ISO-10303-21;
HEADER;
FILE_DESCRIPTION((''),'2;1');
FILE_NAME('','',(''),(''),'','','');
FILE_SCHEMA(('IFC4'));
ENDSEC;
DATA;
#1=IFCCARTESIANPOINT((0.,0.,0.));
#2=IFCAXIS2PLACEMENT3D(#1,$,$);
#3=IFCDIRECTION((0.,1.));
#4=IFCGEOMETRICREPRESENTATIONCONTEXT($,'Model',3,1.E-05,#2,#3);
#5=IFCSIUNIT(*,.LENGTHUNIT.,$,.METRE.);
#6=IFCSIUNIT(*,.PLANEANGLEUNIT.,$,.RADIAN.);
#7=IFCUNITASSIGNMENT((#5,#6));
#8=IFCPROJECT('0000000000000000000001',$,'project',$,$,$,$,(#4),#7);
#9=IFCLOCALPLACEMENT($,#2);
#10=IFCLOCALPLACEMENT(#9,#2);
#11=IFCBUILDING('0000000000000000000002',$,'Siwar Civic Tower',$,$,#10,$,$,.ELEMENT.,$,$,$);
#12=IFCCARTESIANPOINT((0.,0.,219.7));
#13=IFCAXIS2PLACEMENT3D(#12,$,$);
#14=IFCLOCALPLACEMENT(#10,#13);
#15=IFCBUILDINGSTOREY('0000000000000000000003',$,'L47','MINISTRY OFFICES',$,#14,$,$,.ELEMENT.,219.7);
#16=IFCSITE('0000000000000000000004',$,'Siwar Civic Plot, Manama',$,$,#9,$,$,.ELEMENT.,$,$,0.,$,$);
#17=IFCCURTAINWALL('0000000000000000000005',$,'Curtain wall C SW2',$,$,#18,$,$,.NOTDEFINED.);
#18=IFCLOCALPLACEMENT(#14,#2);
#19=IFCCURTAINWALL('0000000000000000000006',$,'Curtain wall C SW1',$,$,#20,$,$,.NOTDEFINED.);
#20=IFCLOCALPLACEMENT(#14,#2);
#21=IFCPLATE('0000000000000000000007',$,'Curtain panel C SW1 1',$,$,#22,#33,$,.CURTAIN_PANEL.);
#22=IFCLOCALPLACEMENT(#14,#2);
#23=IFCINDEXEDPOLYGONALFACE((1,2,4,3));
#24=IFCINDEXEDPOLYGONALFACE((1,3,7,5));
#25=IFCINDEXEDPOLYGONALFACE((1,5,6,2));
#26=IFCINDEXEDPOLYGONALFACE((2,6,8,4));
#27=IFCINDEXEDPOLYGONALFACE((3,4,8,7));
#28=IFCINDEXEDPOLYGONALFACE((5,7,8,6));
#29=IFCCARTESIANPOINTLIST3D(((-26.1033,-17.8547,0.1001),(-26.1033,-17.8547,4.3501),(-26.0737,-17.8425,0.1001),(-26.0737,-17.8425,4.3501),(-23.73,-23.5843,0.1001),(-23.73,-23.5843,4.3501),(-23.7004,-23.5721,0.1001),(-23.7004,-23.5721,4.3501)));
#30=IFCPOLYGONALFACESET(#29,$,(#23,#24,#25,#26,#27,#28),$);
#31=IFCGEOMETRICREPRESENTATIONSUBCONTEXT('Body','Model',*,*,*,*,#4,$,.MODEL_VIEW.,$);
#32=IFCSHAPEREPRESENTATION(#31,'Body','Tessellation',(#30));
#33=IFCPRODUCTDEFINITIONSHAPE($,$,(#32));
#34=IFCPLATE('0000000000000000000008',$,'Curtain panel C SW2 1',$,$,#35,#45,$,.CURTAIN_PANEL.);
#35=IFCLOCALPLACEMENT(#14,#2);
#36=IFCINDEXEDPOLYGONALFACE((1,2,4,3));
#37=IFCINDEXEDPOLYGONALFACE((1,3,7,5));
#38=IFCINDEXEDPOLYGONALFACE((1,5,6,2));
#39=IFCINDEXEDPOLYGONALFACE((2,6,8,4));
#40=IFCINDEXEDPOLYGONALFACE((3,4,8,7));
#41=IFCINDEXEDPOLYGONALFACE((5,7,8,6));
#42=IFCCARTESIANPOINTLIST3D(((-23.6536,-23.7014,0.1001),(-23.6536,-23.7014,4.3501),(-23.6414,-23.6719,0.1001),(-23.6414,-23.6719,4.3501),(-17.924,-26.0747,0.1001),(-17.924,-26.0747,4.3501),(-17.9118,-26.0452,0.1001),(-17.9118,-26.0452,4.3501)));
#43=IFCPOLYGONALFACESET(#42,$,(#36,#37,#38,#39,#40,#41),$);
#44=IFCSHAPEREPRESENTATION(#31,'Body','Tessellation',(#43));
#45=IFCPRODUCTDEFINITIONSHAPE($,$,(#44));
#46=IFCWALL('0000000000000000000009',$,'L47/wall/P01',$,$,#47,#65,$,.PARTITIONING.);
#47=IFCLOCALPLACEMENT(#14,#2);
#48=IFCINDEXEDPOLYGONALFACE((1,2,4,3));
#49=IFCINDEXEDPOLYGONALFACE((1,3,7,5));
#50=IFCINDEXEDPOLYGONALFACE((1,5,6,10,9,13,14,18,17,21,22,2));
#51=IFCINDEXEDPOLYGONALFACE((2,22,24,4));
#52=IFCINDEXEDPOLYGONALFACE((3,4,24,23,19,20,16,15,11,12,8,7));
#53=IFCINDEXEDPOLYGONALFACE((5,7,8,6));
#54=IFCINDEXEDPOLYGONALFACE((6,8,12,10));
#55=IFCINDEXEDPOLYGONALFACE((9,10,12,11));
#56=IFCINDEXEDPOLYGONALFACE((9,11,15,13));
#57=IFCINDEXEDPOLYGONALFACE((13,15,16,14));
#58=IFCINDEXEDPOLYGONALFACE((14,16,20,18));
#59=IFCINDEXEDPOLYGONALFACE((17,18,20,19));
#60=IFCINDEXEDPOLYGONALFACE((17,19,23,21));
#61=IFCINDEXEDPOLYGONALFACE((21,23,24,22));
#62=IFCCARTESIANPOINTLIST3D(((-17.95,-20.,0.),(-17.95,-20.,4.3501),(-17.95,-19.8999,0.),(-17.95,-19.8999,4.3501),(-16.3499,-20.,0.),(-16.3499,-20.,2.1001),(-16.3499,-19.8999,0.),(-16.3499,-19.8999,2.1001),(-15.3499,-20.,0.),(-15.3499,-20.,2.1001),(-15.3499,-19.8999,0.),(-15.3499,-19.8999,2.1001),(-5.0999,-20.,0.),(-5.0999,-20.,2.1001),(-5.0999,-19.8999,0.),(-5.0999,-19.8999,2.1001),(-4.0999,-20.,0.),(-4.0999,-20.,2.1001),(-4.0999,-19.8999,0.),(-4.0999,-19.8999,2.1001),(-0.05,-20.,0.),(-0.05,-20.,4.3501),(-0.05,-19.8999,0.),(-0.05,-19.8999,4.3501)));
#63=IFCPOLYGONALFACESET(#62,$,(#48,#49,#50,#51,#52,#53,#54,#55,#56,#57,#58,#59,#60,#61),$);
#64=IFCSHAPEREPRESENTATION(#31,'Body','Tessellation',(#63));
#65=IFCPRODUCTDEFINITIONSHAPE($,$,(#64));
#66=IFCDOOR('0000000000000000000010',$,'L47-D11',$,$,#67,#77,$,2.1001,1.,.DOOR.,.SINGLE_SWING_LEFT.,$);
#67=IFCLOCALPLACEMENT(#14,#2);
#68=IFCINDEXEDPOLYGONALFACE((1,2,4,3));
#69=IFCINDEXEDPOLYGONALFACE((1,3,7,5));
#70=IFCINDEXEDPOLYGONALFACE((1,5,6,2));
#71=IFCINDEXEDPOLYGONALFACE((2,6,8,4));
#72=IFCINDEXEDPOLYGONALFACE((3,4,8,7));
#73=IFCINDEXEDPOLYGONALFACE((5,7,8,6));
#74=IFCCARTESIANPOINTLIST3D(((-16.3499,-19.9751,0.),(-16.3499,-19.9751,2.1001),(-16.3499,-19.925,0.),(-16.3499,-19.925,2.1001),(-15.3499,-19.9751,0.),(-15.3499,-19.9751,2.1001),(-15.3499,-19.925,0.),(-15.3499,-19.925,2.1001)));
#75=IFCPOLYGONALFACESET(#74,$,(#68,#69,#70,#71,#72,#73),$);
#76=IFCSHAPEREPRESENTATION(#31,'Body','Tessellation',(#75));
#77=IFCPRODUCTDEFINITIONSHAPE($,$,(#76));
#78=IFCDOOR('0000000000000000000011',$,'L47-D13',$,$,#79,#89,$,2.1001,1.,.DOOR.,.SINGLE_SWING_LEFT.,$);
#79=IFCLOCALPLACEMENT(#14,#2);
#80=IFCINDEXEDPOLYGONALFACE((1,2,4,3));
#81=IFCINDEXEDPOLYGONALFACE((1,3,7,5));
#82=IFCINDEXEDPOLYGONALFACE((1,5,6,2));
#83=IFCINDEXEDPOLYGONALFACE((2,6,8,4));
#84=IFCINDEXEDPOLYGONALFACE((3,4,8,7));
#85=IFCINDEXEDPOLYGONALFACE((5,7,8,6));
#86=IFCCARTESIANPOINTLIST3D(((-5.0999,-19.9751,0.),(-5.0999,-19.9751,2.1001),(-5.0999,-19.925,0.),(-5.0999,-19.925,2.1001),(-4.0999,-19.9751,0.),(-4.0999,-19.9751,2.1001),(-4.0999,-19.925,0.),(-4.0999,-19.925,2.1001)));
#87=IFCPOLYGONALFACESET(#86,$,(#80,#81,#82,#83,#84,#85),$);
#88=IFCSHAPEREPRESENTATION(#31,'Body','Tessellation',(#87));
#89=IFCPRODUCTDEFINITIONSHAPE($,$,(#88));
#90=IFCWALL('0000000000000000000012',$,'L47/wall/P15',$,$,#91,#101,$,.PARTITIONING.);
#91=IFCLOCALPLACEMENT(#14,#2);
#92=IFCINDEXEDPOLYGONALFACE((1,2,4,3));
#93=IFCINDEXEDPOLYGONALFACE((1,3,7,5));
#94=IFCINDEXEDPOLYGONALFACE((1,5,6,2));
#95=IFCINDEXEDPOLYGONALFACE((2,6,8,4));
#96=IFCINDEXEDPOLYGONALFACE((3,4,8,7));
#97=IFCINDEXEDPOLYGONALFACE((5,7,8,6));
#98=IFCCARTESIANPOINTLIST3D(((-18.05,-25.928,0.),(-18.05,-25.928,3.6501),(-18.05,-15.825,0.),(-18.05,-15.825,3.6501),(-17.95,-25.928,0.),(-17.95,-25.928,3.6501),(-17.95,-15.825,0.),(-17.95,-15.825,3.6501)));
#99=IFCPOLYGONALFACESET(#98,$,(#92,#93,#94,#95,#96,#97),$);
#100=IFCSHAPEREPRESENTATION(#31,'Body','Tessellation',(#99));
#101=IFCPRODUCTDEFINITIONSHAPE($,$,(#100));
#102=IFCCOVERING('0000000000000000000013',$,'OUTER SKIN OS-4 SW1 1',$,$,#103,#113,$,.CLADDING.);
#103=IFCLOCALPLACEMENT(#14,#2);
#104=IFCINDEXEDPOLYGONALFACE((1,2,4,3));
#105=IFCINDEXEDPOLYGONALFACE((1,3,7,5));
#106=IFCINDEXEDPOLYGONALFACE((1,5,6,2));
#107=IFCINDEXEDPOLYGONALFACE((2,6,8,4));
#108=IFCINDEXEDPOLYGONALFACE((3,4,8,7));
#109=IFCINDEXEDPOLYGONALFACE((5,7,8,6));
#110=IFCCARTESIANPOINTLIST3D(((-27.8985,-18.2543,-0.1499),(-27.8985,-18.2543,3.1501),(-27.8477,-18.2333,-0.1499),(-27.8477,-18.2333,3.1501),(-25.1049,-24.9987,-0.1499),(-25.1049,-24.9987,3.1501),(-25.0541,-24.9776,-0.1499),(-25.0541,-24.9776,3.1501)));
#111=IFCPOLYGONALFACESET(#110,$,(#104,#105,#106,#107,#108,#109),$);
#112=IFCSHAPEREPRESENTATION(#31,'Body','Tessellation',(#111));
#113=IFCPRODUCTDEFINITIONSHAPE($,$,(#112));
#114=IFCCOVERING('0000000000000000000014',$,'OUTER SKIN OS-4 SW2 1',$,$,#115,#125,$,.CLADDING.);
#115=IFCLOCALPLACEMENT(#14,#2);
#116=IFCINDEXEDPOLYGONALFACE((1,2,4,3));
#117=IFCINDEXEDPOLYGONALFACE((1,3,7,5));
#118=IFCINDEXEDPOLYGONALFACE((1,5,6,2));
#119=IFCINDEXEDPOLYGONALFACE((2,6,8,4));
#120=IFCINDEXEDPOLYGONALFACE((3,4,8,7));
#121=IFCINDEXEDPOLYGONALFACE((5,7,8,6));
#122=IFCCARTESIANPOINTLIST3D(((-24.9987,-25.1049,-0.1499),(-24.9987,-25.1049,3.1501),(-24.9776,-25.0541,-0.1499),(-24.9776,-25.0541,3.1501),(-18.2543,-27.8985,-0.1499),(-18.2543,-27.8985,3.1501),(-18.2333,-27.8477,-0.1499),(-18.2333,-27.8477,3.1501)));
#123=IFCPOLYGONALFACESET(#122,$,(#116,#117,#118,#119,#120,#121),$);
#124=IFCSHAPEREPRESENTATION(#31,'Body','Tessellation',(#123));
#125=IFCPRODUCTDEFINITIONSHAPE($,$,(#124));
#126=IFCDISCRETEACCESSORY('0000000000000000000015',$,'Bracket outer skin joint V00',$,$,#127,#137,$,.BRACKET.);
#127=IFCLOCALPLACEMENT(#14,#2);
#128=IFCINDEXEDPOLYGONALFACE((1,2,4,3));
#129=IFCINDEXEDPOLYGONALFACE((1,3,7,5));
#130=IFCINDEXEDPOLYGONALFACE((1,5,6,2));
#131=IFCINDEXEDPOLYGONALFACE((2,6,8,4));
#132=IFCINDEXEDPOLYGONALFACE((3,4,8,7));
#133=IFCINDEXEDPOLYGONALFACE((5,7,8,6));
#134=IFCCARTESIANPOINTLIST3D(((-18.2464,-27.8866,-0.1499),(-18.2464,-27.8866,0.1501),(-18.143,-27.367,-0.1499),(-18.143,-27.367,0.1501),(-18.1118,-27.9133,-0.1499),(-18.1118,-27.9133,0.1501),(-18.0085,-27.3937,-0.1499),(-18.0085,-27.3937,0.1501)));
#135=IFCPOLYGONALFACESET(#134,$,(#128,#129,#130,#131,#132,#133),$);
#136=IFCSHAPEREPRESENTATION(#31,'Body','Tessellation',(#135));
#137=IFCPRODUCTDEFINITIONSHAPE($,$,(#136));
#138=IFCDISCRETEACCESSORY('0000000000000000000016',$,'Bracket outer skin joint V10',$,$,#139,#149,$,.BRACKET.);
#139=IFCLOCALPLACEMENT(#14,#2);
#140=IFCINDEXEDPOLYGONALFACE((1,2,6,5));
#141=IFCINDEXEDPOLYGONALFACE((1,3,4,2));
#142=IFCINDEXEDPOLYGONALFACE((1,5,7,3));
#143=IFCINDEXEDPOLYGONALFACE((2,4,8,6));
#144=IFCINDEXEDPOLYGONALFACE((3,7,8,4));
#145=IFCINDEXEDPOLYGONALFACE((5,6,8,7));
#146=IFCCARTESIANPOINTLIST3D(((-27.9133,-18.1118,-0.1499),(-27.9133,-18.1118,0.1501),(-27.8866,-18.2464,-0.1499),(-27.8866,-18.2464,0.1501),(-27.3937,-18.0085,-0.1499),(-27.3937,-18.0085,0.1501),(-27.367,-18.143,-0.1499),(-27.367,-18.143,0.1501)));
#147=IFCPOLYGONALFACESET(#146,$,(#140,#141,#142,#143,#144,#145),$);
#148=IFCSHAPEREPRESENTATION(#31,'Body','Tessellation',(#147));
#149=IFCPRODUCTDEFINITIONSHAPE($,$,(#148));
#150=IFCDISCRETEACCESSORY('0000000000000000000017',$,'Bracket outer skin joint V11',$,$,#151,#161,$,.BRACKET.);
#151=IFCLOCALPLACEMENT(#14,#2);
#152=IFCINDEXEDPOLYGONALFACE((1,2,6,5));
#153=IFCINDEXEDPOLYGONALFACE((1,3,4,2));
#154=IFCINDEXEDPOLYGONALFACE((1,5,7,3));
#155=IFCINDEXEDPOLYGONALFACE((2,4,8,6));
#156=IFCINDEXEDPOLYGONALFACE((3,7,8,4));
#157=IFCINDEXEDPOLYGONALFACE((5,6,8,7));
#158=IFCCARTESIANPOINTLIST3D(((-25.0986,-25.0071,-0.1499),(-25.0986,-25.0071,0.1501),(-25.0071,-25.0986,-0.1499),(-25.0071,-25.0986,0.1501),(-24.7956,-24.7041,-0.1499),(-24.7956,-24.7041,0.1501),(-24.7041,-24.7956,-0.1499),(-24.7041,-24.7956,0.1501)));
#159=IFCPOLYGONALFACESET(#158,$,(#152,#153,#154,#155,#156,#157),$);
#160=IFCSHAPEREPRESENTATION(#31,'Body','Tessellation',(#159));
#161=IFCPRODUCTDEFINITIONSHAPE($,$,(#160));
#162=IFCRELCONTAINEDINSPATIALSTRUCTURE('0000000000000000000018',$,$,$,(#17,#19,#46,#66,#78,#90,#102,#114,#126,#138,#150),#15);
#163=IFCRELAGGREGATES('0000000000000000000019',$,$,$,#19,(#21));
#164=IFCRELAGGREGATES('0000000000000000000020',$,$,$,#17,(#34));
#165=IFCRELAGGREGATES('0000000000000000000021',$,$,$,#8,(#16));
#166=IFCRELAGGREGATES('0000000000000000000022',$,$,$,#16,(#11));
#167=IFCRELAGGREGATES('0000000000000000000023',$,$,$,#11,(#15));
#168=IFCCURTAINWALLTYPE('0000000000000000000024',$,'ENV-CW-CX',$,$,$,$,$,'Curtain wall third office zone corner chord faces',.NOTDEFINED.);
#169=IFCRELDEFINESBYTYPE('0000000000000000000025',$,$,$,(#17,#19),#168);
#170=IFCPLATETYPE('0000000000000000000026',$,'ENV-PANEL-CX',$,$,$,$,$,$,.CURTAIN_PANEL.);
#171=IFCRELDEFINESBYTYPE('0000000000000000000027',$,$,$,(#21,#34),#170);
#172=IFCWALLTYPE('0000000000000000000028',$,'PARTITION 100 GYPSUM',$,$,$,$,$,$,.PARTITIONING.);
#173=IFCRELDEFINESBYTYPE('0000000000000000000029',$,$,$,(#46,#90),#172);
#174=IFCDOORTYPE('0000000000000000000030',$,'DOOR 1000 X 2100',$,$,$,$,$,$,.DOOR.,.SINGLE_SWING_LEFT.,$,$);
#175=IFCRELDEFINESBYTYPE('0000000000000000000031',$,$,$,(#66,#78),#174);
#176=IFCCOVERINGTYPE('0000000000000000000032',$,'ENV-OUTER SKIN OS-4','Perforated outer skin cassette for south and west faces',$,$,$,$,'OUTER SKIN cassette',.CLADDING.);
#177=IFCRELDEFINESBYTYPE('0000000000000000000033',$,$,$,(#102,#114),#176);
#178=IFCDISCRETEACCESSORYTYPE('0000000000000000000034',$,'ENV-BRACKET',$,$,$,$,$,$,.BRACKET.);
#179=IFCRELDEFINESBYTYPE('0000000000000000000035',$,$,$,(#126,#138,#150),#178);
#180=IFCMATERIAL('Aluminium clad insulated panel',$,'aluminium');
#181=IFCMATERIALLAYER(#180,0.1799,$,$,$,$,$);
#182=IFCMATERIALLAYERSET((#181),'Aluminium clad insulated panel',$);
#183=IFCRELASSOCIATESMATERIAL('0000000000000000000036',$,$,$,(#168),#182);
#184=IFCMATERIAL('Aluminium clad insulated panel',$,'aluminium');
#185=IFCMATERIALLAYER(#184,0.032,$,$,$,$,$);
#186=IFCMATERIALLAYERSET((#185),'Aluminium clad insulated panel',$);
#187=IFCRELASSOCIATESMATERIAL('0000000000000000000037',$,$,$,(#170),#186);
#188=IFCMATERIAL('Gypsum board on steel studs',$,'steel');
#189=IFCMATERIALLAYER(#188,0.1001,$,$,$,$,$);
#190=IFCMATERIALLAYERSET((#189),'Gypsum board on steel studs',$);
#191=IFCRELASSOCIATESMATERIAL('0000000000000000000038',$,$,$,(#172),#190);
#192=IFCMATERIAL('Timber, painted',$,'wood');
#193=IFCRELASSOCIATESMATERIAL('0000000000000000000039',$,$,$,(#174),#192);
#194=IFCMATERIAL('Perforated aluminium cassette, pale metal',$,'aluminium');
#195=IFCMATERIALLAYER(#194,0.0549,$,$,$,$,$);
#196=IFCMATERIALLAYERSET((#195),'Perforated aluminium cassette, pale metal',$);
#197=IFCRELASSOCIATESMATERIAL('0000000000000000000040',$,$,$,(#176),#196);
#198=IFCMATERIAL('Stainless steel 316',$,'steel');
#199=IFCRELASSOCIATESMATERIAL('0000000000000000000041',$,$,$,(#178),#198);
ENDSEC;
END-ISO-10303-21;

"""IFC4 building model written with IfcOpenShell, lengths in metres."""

from ifc_helpers import new_model, si_unit, direction, frame, frame_2d, origin, origin_2d, place, context, subcontext, project, spatial, rectangle, extrude, material, layer, layer_set, type_object, element, fill, aggregate, save


model = new_model("IFC4")

# Units and contexts
model_context = context("Model", 3, precision=1e-05, world=origin(), true_north=direction((0.0, 1.0)))
body_context = subcontext(model_context, "Body", "Model", "MODEL_VIEW")
ifc_project = project(units=[si_unit("LENGTHUNIT", "METRE"), si_unit("PLANEANGLEUNIT", "RADIAN")], contexts=[model_context])

# Site, building, storey
site_placement = place(None, origin())
site = spatial("IfcSite", under=ifc_project, at=site_placement, Name="Siwar Civic Plot, Manama", CompositionType="ELEMENT", RefElevation=0.0)
building_placement = place(site_placement, origin())
building = spatial("IfcBuilding", under=site, at=building_placement, Name="Siwar Civic Tower", CompositionType="ELEMENT")
storey_placement = place(building_placement, frame((0.0, 0.0, 219.7)))
storey = spatial("IfcBuildingStorey", under=building, at=storey_placement, Name="L47", Description="MINISTRY OFFICES", CompositionType="ELEMENT", Elevation=219.7)

# Curtain wall
ifc_material_1 = material(Name="Aluminium clad insulated panel", Category="aluminium")
ifc_layer_1 = layer(ifc_material_1, 0.1799)
ifc_layer_set_1 = layer_set([ifc_layer_1], Name="Aluminium clad insulated panel")
curtain_wall_type = type_object("IfcCurtainWallType", Name="ENV-CW-CX", ElementType="Curtain wall third office zone corner chord faces", PredefinedType="NOTDEFINED", material=ifc_layer_set_1)
curtain_wall_1_placement = place(storey_placement, origin())
curtain_wall_1 = element("IfcCurtainWall", 1, at=curtain_wall_1_placement, inside=storey, type_object=curtain_wall_type, Name="Curtain wall C SW2", PredefinedType="NOTDEFINED")

# Curtain wall, plate
curtain_wall_2_placement = place(storey_placement, origin())
curtain_wall_2 = element("IfcCurtainWall", 2, at=curtain_wall_2_placement, inside=storey, type_object=curtain_wall_type, Name="Curtain wall C SW1", PredefinedType="NOTDEFINED")
ifc_material_2 = material(Name="Aluminium clad insulated panel", Category="aluminium")
ifc_layer_2 = layer(ifc_material_2, 0.032)
ifc_layer_set_2 = layer_set([ifc_layer_2], Name="Aluminium clad insulated panel")
plate_type = type_object("IfcPlateType", Name="ENV-PANEL-CX", PredefinedType="CURTAIN_PANEL", material=ifc_layer_set_2)
plate_1_placement = place(storey_placement, frame((-24.9019, -20.7134, 0.1001), z_axis=(0.0, 0.0, 1.0), x_axis=(0.382683, -0.92388, 0.0)))
plate_1 = element("IfcPlate", 3, at=plate_1_placement, type_object=plate_type, Name="Curtain panel C SW1 1", PredefinedType="CURTAIN_PANEL", context=body_context, shape_type="SweptSolid", body=[
    extrude(rectangle(XDim=6.2017, YDim=0.032, at=origin_2d()), origin(), (0.0, 0.0, 1.0), 4.25),
])
aggregate(curtain_wall_2, [plate_1])

# Plate
plate_2_placement = place(storey_placement, frame((-20.7827, -24.8733, 0.1001), z_axis=(0.0, 0.0, 1.0), x_axis=(0.92388, -0.382683, 0.0)))
plate_2 = element("IfcPlate", 4, at=plate_2_placement, type_object=plate_type, Name="Curtain panel C SW2 1", PredefinedType="CURTAIN_PANEL", context=body_context, shape_type="SweptSolid", body=[
    extrude(rectangle(XDim=6.2017, YDim=0.032, at=origin_2d()), origin(), (0.0, 0.0, 1.0), 4.25),
])
aggregate(curtain_wall_1, [plate_2])

# Wall, openings, doors
ifc_material_3 = material(Name="Gypsum board on steel studs", Category="steel")
ifc_layer_3 = layer(ifc_material_3, 0.1001)
ifc_layer_set_3 = layer_set([ifc_layer_3], Name="Gypsum board on steel studs")
wall_type = type_object("IfcWallType", Name="PARTITION 100 GYPSUM", PredefinedType="PARTITIONING", material=ifc_layer_set_3)
wall_1_placement = place(storey_placement, frame((-17.95, -19.95, 0.0), z_axis=(0.0, 0.0, 1.0), x_axis=(1.0, 0.0, 0.0)))
wall_1 = element("IfcWall", 5, at=wall_1_placement, inside=storey, type_object=wall_type, Name="L47/wall/P01", PredefinedType="PARTITIONING", context=body_context, shape_type="SweptSolid", body=[
    extrude(rectangle(XDim=17.8999, YDim=0.1001, at=frame_2d((8.95, 0.0))), origin(), (0.0, 0.0, 1.0), 4.3501),
])
opening_1_placement = place(wall_1_placement, frame((1.6001, 0.0, 0.0)))
opening_1 = element("IfcOpeningElement", 6, at=opening_1_placement, cuts=wall_1, PredefinedType="OPENING", context=body_context, shape_type="SweptSolid", body=[
    extrude(rectangle(XDim=1.0, YDim=2.1001, at=frame_2d((0.5, 1.05))), frame((0.0, 0.0601, 0.0), z_axis=(0.0, -1.0, 0.0), x_axis=(1.0, 0.0, 0.0)), (0.0, 0.0, 1.0), 0.1201),
])
opening_2_placement = place(wall_1_placement, frame((12.8501, 0.0, 0.0)))
opening_2 = element("IfcOpeningElement", 7, at=opening_2_placement, cuts=wall_1, PredefinedType="OPENING", context=body_context, shape_type="SweptSolid", body=[
    extrude(rectangle(XDim=1.0, YDim=2.1001, at=frame_2d((0.5, 1.05))), frame((0.0, 0.0601, 0.0), z_axis=(0.0, -1.0, 0.0), x_axis=(1.0, 0.0, 0.0)), (0.0, 0.0, 1.0), 0.1201),
])
ifc_material_4 = material(Name="Timber, painted", Category="wood")
door_type = type_object("IfcDoorType", Name="DOOR 1000 X 2100", OperationType="SINGLE_SWING_LEFT", PredefinedType="DOOR", material=ifc_material_4)
door_1_placement = place(opening_1_placement, origin())
door_1 = element("IfcDoor", 8, at=door_1_placement, inside=storey, type_object=door_type, Name="L47-D11", OperationType="SINGLE_SWING_LEFT", OverallHeight=2.1001, OverallWidth=1.0, PredefinedType="DOOR", context=body_context, shape_type="SweptSolid", body=[
    extrude(rectangle(XDim=1.0, YDim=2.1001, at=frame_2d((0.5, 1.05))), frame((0.0, 0.0249, 0.0), z_axis=(0.0, -1.0, 0.0), x_axis=(1.0, 0.0, 0.0)), (0.0, 0.0, 1.0), 0.05),
])
fill(opening_1, door_1)
door_2_placement = place(opening_2_placement, origin())
door_2 = element("IfcDoor", 9, at=door_2_placement, inside=storey, type_object=door_type, Name="L47-D13", OperationType="SINGLE_SWING_LEFT", OverallHeight=2.1001, OverallWidth=1.0, PredefinedType="DOOR", context=body_context, shape_type="SweptSolid", body=[
    extrude(rectangle(XDim=1.0, YDim=2.1001, at=frame_2d((0.5, 1.05))), frame((0.0, 0.0249, 0.0), z_axis=(0.0, -1.0, 0.0), x_axis=(1.0, 0.0, 0.0)), (0.0, 0.0, 1.0), 0.05),
])
fill(opening_2, door_2)

# Wall
wall_2_placement = place(storey_placement, frame((-18.0, -25.928, 0.0), z_axis=(0.0, 0.0, 1.0), x_axis=(0.0, 1.0, 0.0)))
element("IfcWall", 10, at=wall_2_placement, inside=storey, type_object=wall_type, Name="L47/wall/P15", PredefinedType="PARTITIONING", context=body_context, shape_type="SweptSolid", body=[
    extrude(rectangle(XDim=10.103, YDim=0.1001, at=frame_2d((5.0515, 0.0))), origin(), (0.0, 0.0, 1.0), 3.6501),
])

# Coverings
ifc_material_5 = material(Name="Perforated aluminium cassette, pale metal", Category="aluminium")
ifc_layer_4 = layer(ifc_material_5, 0.0549)
ifc_layer_set_4 = layer_set([ifc_layer_4], Name="Perforated aluminium cassette, pale metal")
covering_type = type_object("IfcCoveringType", Name="ENV-OUTER SKIN OS-4", Description="Perforated outer skin cassette for south and west faces", ElementType="OUTER SKIN cassette", PredefinedType="CLADDING", material=ifc_layer_set_4)
for number, where, z_axis, x_axis, name in (
    (11, (-26.4763, -21.616, -0.1499), (0.0, 0.0, 1.0), (0.382683, -0.92388, 0.0), "OUTER SKIN OS-4 SW1 1"),
    (12, (-21.616, -26.4763, -0.1499), (0.0, 0.0, 1.0), (0.92388, -0.382683, 0.0), "OUTER SKIN OS-4 SW2 1"),
):
    element("IfcCovering", number, at=place(storey_placement, frame(where, z_axis=z_axis, x_axis=x_axis)), inside=storey, type_object=covering_type, Name=name, PredefinedType="CLADDING", context=body_context, shape_type="SweptSolid", body=[
        extrude(rectangle(XDim=7.3, YDim=0.0549, at=origin_2d()), origin(), (0.0, 0.0, 1.0), 3.3),
    ])

# Discrete accessories
ifc_material_6 = material(Name="Stainless steel 316", Category="steel")
discrete_accessory_type = type_object("IfcDiscreteAccessoryType", Name="ENV-BRACKET", PredefinedType="BRACKET", material=ifc_material_6)
for number, where, z_axis, x_axis, name in (
    (13, (-18.1274, -27.6401, -0.1499), (0.0, 0.0, 1.0), (-0.19509, -0.980785, 0.0), "Bracket outer skin joint V00"),
    (14, (-27.6401, -18.1274, -0.1499), (0.0, 0.0, 1.0), (-0.980785, -0.19509, 0.0), "Bracket outer skin joint V10"),
):
    element("IfcDiscreteAccessory", number, at=place(storey_placement, frame(where, z_axis=z_axis, x_axis=x_axis)), inside=storey, type_object=discrete_accessory_type, Name=name, PredefinedType="BRACKET", context=body_context, shape_type="SweptSolid", body=[
        extrude(rectangle(XDim=0.5298, YDim=0.1372, at=origin_2d()), origin(), (0.0, 0.0, 1.0), 0.3),
    ])
discrete_accessory_placement = place(storey_placement, frame((-24.9014, -24.9014, -0.1499), z_axis=(0.0, 0.0, 1.0), x_axis=(-0.707107, -0.707107, 0.0)))
element("IfcDiscreteAccessory", 15, at=discrete_accessory_placement, inside=storey, type_object=discrete_accessory_type, Name="Bracket outer skin joint V11", PredefinedType="BRACKET", context=body_context, shape_type="SweptSolid", body=[
    extrude(rectangle(XDim=0.4285, YDim=0.1294, at=origin_2d()), origin(), (0.0, 0.0, 1.0), 0.3),
])

save(model, "model.ifc")
